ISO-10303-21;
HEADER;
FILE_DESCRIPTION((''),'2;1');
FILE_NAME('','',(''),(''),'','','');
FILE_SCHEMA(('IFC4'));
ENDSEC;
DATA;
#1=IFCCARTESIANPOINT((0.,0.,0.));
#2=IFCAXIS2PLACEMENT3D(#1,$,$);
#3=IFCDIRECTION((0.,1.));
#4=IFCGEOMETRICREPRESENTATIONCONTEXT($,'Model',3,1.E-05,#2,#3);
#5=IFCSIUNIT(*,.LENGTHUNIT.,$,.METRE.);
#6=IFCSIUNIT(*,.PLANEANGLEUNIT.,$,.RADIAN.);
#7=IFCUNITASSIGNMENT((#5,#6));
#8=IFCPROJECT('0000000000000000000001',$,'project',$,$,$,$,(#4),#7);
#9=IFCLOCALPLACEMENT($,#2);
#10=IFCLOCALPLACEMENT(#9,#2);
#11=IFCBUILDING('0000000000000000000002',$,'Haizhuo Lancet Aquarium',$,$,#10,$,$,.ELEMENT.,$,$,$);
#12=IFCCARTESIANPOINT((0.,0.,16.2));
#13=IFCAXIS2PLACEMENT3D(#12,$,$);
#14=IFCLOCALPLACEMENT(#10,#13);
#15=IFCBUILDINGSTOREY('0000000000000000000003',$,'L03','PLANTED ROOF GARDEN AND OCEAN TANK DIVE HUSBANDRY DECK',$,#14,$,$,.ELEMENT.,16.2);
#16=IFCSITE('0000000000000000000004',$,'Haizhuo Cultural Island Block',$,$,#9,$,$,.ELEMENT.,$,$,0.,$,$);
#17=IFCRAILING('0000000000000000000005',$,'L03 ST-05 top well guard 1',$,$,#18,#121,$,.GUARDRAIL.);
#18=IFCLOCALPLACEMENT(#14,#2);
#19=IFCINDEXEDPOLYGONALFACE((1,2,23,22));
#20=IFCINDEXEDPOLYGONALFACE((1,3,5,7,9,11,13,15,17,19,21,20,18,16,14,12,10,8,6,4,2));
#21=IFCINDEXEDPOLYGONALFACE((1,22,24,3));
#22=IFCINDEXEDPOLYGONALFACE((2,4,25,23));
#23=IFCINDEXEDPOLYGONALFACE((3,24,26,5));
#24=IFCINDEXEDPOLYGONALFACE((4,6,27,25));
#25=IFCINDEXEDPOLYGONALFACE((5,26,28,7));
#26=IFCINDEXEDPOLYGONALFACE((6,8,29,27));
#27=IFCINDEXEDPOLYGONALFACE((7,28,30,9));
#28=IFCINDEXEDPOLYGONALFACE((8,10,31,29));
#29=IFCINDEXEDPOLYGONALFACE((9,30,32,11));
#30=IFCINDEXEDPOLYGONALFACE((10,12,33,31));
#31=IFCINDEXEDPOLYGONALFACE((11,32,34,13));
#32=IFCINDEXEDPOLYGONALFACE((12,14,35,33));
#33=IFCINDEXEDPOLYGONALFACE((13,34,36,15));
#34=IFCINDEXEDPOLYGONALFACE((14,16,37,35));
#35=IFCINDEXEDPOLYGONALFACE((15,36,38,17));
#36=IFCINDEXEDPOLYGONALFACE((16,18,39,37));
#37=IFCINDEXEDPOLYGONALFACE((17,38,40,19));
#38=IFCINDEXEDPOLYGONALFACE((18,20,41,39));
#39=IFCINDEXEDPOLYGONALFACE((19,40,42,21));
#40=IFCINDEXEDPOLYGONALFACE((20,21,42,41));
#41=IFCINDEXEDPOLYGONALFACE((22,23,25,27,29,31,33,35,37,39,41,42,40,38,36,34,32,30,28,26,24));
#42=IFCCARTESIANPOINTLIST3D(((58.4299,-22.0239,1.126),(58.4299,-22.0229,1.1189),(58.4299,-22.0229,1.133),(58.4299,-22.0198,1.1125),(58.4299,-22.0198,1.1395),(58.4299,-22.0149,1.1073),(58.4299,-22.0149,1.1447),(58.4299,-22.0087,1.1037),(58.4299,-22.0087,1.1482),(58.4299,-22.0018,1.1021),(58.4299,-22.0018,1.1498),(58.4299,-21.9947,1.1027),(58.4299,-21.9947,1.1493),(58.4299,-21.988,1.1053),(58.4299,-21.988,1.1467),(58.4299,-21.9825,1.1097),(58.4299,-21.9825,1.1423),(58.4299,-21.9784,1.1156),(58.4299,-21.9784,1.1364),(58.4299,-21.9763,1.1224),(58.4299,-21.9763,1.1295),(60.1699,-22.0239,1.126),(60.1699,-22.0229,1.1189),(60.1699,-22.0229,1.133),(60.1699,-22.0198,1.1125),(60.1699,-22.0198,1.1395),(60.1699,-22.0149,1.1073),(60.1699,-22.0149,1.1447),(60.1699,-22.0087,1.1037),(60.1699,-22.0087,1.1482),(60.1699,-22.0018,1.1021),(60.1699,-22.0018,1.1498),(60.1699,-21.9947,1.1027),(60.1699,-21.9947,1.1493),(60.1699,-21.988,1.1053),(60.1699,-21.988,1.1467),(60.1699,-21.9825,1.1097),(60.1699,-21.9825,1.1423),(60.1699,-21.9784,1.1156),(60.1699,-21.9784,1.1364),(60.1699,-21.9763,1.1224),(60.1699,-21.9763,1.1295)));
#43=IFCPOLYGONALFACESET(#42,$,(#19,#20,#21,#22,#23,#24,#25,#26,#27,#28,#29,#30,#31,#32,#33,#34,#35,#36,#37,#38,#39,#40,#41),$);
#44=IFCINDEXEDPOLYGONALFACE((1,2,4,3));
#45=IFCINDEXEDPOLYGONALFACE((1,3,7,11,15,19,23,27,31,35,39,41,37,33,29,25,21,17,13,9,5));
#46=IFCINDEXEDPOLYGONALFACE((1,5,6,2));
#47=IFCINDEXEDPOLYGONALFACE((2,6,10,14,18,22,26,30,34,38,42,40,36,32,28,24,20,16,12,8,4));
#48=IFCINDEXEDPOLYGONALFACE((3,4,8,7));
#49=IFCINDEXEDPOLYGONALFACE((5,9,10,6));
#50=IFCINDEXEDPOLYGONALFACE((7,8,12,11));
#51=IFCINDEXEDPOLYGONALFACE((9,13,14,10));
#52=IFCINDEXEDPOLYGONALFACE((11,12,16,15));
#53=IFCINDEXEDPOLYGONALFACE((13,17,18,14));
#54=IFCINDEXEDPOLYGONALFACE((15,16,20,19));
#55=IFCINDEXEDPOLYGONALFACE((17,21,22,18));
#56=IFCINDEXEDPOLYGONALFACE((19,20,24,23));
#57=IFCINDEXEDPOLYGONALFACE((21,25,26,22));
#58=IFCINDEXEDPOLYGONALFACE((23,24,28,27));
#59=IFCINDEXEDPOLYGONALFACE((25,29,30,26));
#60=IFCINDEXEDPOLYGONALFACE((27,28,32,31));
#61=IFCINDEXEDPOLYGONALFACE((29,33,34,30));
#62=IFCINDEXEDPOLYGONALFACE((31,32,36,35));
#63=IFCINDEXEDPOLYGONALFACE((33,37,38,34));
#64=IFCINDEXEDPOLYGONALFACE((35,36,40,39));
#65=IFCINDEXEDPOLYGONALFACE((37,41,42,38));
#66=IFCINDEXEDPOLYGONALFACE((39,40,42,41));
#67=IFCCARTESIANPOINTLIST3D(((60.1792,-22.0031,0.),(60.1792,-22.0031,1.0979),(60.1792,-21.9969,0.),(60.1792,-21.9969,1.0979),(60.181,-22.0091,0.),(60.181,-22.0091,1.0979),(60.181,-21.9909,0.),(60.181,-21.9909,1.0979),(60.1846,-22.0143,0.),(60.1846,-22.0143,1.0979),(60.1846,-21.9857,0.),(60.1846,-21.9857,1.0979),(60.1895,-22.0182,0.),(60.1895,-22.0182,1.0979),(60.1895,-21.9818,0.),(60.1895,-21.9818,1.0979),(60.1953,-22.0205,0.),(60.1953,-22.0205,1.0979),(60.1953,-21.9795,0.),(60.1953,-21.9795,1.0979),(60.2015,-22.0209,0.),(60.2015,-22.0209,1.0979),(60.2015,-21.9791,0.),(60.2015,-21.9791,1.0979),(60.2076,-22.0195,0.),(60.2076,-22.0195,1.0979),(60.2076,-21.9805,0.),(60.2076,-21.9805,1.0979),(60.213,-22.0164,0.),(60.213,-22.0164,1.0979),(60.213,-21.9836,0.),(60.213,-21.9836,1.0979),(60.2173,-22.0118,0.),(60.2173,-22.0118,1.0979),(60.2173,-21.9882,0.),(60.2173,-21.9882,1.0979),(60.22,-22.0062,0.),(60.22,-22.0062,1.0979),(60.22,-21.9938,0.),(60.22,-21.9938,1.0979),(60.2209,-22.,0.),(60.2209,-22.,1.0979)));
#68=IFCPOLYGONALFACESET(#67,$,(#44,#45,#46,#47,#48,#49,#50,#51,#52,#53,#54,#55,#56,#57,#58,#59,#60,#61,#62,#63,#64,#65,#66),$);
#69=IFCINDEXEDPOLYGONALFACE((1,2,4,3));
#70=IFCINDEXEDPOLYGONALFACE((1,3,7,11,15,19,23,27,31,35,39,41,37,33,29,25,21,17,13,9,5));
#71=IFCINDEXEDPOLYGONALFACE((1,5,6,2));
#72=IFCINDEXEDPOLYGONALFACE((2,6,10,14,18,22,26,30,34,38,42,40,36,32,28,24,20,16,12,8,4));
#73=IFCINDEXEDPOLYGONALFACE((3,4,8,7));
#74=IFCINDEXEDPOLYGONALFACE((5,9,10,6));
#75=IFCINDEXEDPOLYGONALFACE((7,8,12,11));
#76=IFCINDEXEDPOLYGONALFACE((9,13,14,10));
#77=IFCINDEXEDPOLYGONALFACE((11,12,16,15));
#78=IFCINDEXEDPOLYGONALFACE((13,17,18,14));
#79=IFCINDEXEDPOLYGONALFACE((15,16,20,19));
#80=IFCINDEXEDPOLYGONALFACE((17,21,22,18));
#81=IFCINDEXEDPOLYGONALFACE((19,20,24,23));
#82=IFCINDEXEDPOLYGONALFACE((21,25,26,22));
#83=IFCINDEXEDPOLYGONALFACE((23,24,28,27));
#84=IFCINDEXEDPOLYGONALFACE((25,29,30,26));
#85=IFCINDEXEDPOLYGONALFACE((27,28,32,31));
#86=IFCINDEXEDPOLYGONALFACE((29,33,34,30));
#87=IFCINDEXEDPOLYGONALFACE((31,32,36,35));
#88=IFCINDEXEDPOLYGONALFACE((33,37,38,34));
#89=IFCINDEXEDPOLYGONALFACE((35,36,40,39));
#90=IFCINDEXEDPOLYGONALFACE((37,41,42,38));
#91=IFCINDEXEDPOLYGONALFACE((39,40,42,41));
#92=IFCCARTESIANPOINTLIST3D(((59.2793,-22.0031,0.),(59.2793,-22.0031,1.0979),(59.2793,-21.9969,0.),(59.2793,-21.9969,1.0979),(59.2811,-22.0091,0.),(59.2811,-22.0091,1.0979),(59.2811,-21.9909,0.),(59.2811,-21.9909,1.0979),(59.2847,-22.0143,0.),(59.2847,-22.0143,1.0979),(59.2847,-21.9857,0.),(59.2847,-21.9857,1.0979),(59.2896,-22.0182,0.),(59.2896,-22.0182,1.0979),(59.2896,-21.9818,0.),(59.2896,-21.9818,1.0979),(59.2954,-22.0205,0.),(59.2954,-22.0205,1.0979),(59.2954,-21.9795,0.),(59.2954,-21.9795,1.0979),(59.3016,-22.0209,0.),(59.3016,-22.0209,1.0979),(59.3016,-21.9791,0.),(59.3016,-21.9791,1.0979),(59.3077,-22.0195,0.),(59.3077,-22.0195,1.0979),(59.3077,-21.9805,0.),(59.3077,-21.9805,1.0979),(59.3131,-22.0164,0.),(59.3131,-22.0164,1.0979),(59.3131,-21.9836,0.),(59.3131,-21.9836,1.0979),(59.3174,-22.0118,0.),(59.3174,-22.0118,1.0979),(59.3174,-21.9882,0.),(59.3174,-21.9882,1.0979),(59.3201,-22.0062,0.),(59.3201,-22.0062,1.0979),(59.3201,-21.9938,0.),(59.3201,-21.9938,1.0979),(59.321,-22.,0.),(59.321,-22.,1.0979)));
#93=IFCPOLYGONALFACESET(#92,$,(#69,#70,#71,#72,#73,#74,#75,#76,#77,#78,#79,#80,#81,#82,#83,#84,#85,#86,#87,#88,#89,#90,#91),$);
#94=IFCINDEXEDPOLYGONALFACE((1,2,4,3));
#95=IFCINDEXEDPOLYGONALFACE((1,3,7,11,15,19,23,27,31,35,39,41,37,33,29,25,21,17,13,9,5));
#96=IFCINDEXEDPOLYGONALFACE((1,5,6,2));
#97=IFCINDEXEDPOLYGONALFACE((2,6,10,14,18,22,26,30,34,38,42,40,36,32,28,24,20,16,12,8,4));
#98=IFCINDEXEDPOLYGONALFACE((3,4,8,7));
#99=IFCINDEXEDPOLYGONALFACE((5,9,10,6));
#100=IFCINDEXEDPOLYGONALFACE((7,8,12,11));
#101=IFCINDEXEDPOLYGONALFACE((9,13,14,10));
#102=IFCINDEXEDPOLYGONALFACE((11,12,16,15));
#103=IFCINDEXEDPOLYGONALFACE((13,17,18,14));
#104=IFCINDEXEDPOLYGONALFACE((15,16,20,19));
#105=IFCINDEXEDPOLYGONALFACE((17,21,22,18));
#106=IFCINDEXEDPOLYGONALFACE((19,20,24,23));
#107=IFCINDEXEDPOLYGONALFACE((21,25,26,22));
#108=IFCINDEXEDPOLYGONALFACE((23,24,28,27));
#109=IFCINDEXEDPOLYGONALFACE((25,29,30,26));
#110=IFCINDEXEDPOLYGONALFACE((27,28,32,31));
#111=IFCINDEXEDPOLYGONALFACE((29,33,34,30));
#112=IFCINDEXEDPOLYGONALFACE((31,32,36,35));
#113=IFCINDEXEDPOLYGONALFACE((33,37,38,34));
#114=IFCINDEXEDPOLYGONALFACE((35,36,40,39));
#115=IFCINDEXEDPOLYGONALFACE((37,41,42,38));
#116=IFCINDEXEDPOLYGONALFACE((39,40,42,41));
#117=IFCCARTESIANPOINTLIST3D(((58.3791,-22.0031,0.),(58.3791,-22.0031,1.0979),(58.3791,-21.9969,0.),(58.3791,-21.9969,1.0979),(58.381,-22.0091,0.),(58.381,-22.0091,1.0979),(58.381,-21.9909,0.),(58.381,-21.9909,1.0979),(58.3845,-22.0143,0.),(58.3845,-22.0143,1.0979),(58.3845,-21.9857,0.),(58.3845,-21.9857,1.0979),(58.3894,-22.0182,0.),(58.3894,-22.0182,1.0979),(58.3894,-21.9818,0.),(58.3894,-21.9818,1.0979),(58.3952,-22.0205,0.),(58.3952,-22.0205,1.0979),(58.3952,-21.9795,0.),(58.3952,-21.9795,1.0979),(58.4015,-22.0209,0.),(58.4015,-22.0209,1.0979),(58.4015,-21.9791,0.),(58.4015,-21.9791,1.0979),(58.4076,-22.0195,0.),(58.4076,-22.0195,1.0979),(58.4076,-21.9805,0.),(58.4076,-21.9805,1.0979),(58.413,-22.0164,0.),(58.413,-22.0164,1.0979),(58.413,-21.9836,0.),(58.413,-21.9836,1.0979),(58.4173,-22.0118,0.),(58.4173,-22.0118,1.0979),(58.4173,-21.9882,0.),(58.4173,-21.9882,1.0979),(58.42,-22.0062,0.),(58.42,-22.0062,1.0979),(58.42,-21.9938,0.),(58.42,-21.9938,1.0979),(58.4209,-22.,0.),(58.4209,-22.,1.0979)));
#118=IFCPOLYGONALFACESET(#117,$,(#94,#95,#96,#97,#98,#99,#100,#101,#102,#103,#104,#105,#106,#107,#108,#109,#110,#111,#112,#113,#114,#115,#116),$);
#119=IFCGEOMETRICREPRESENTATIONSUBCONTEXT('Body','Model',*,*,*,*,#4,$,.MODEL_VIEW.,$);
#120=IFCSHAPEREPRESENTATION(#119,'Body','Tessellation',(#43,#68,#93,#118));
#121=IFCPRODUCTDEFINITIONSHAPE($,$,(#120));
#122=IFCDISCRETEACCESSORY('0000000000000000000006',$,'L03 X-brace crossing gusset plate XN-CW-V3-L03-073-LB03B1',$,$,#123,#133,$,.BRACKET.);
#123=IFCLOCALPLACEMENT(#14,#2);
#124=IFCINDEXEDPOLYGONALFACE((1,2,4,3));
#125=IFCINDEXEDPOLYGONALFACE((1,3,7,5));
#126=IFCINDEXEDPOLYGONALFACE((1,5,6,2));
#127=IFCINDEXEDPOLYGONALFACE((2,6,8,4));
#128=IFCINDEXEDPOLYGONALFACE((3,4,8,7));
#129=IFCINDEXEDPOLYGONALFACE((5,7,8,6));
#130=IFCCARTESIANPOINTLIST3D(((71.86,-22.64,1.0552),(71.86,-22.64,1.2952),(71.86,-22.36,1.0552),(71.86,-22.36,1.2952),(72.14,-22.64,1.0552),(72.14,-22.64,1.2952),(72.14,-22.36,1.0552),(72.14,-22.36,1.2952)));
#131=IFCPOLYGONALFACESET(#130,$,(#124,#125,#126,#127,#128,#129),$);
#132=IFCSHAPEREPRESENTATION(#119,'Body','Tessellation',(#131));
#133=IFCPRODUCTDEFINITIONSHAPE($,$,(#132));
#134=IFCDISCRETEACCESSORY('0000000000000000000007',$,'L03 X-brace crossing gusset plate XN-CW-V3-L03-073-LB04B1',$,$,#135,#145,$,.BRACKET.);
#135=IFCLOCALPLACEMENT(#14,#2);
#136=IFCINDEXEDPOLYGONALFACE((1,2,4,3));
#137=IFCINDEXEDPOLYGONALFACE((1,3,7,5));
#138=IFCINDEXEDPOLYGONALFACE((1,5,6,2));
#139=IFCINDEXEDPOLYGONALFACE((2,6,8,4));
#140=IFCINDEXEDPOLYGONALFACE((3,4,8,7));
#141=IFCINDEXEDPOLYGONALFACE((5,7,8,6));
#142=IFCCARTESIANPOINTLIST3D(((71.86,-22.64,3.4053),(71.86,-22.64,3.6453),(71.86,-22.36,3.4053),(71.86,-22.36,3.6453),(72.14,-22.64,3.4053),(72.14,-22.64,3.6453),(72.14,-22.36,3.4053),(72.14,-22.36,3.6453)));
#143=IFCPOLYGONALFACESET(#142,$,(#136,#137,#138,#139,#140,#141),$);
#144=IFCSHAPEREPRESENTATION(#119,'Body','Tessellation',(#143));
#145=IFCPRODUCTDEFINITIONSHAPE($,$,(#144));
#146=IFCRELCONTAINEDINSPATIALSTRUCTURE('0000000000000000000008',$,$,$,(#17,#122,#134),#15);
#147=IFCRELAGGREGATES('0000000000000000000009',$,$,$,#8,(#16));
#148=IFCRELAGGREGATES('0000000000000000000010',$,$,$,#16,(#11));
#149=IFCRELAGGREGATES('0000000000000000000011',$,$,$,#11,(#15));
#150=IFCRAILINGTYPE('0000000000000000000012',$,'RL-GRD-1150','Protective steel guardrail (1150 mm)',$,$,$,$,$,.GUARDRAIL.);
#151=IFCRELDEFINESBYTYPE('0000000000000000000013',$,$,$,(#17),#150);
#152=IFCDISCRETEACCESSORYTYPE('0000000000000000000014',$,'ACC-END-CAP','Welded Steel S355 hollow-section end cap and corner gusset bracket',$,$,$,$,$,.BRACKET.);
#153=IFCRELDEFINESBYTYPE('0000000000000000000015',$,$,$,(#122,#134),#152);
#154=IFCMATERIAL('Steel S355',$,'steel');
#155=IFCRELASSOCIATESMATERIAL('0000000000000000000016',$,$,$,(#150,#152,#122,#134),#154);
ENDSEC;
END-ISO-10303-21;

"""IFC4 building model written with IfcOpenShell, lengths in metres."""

from ifc_helpers import new_model, si_unit, direction, frame, origin, origin_2d, place, context, subcontext, project, spatial, rectangle, circle, extrude, material, type_object, element, save


model = new_model("IFC4")

# Units and contexts
model_context = context("Model", 3, precision=1e-05, world=origin(), true_north=direction((0.0, 1.0)))
body_context = subcontext(model_context, "Body", "Model", "MODEL_VIEW")
ifc_project = project(units=[si_unit("LENGTHUNIT", "METRE"), si_unit("PLANEANGLEUNIT", "RADIAN")], contexts=[model_context])

# Site, building, storey
site_placement = place(None, origin())
site = spatial("IfcSite", under=ifc_project, at=site_placement, Name="Haizhuo Cultural Island Block", CompositionType="ELEMENT", RefElevation=0.0)
building_placement = place(site_placement, origin())
building = spatial("IfcBuilding", under=site, at=building_placement, Name="Haizhuo Lancet Aquarium", CompositionType="ELEMENT")
storey_placement = place(building_placement, frame((0.0, 0.0, 16.2)))
storey = spatial("IfcBuildingStorey", under=building, at=storey_placement, Name="L03", Description="PLANTED ROOF GARDEN AND OCEAN TANK DIVE HUSBANDRY DECK", CompositionType="ELEMENT", Elevation=16.2)

# Shared definitions
ifc_material_1 = material(Name="Steel S355", Category="steel")

# Railing
railing_type = type_object("IfcRailingType", Name="RL-GRD-1150", Description="Protective steel guardrail (1150 mm)", PredefinedType="GUARDRAIL", material=ifc_material_1)
railing_placement = place(storey_placement, frame((60.2, -22.0, 0.0)))
element("IfcRailing", 1, at=railing_placement, inside=storey, type_object=railing_type, Name="L03 ST-05 top well guard 1", PredefinedType="GUARDRAIL", context=body_context, shape_type="SweptSolid", body=[
    extrude(circle(Radius=0.0239, at=origin_2d()), frame((-0.03, 0.0, 1.126), z_axis=(-1.0, 0.0, 0.0), x_axis=(0.0, -1.0, 0.0)), (0.0, 0.0, 1.0), 1.74),
    extrude(circle(Radius=0.021, at=origin_2d()), origin(), (0.0, 0.0, 1.0), 1.0979),
    extrude(circle(Radius=0.021, at=origin_2d()), frame((-0.8999, 0.0, 0.0)), (0.0, 0.0, 1.0), 1.0979),
    extrude(circle(Radius=0.021, at=origin_2d()), frame((-1.8, 0.0, 0.0)), (0.0, 0.0, 1.0), 1.0979),
])

# Discrete accessories
discrete_accessory_type = type_object("IfcDiscreteAccessoryType", Name="ACC-END-CAP", Description="Welded Steel S355 hollow-section end cap and corner gusset bracket", PredefinedType="BRACKET", material=ifc_material_1)
for number, where, z_axis, x_axis, name in (
    (2, (72.0, -22.5, 1.0552), (0.0, 0.0, 1.0), (1.0, 0.0, 0.0), "L03 X-brace crossing gusset plate XN-CW-V3-L03-073-LB03B1"),
    (3, (72.0, -22.5, 3.4053), (0.0, 0.0, 1.0), (1.0, 0.0, 0.0), "L03 X-brace crossing gusset plate XN-CW-V3-L03-073-LB04B1"),
):
    element("IfcDiscreteAccessory", number, at=place(storey_placement, frame(where, z_axis=z_axis, x_axis=x_axis)), inside=storey, type_object=discrete_accessory_type, material=ifc_material_1, Name=name, PredefinedType="BRACKET", context=body_context, shape_type="SweptSolid", body=[
        extrude(rectangle(XDim=0.28, YDim=0.28, at=origin_2d()), origin(), (0.0, 0.0, 1.0), 0.24),
    ])

save(model, "model.ifc")
